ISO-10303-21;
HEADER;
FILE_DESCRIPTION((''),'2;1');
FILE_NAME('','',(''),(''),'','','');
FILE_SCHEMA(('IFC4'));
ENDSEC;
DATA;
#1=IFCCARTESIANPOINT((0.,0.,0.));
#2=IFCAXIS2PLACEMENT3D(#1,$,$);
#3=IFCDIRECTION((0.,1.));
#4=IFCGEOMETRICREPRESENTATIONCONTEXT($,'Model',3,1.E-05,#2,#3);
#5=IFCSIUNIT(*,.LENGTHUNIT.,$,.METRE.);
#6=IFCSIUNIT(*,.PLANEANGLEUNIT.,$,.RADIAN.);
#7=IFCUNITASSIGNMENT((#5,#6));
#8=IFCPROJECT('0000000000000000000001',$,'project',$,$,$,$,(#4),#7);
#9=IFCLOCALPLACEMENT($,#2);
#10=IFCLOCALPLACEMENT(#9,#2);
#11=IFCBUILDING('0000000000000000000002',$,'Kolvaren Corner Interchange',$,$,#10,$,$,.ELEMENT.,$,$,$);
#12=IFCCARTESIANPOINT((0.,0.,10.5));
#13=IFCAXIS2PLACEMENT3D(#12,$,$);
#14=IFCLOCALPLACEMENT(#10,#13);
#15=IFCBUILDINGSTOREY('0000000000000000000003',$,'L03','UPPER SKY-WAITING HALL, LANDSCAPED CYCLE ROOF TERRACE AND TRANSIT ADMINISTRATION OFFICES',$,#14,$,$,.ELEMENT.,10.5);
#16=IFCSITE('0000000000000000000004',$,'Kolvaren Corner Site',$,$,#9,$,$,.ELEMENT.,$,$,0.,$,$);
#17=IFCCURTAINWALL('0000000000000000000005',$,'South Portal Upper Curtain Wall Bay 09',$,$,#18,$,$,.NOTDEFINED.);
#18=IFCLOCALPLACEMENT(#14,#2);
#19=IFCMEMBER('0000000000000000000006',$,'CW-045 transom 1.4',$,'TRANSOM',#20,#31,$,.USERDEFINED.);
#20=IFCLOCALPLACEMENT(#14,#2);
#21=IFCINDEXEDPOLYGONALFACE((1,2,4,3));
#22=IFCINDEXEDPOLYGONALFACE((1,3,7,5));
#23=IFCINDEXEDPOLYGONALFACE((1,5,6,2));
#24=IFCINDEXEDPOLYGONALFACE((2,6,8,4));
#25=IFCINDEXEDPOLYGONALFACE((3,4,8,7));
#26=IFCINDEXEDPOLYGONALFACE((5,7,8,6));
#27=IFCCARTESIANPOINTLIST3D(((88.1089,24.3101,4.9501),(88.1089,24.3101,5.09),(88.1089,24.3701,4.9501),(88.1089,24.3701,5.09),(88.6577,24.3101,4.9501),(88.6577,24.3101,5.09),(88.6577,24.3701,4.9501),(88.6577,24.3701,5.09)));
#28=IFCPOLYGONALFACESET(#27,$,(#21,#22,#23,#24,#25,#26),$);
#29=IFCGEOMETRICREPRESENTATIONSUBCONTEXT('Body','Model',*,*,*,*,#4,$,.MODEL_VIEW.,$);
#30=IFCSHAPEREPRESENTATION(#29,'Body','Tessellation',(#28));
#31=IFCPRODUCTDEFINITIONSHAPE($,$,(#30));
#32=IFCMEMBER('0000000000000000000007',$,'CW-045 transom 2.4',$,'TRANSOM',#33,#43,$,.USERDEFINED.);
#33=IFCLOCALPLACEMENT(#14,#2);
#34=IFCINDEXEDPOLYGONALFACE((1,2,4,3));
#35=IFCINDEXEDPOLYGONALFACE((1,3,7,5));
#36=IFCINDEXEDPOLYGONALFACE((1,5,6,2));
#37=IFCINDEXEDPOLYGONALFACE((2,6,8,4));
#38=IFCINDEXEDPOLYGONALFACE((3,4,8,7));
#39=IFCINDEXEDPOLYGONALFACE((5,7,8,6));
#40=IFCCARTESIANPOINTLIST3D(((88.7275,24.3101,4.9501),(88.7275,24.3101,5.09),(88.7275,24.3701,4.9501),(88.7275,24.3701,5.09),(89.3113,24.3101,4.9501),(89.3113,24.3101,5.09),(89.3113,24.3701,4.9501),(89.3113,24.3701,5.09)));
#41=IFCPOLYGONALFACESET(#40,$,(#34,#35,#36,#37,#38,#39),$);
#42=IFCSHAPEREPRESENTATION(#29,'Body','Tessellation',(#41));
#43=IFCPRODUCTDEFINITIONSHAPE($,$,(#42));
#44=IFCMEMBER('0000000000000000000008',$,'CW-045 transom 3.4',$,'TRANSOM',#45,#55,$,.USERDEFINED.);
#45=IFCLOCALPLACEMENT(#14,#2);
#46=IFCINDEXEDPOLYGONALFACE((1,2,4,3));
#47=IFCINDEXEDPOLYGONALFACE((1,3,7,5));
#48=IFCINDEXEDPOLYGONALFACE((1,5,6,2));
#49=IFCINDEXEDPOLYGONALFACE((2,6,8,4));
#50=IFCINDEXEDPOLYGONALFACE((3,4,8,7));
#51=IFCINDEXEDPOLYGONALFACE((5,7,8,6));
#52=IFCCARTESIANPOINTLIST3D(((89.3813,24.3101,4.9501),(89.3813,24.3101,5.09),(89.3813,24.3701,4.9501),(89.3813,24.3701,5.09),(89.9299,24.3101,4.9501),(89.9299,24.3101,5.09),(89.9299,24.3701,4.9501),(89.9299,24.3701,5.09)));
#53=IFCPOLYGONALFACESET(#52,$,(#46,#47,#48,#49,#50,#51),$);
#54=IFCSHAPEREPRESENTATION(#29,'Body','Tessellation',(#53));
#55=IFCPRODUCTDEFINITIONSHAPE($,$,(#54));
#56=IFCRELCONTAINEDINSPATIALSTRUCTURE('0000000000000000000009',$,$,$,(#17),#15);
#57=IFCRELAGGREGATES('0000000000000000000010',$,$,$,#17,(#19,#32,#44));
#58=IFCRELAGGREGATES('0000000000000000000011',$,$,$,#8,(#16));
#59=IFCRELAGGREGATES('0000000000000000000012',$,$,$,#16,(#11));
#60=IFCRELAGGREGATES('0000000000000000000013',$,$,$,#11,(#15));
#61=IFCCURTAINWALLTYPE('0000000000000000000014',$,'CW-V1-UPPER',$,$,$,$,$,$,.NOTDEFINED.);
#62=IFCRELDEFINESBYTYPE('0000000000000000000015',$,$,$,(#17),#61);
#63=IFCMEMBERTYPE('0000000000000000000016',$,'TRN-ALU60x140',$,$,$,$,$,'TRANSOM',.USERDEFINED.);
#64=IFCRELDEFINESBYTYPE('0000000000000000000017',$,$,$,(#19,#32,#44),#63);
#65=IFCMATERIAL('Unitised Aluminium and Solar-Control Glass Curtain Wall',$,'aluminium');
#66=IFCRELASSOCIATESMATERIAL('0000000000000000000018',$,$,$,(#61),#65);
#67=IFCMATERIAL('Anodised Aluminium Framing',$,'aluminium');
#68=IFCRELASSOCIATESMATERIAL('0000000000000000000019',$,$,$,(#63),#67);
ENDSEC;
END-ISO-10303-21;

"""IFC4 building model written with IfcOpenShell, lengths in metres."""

from ifc_helpers import new_model, si_unit, direction, frame, origin, origin_2d, place, context, subcontext, project, spatial, rectangle, extrude, material, material_profile, profile_set, type_object, element, aggregate, save


model = new_model("IFC4")

# Units and contexts
model_context = context("Model", 3, precision=1e-05, world=origin(), true_north=direction((0.0, 1.0)))
body_context = subcontext(model_context, "Body", "Model", "MODEL_VIEW")
ifc_project = project(units=[si_unit("LENGTHUNIT", "METRE"), si_unit("PLANEANGLEUNIT", "RADIAN")], contexts=[model_context])

# Site, building, storey
site_placement = place(None, origin())
site = spatial("IfcSite", under=ifc_project, at=site_placement, Name="Kolvaren Corner Site", CompositionType="ELEMENT", RefElevation=0.0)
building_placement = place(site_placement, origin())
building = spatial("IfcBuilding", under=site, at=building_placement, Name="Kolvaren Corner Interchange", CompositionType="ELEMENT")
storey_placement = place(building_placement, frame((0.0, 0.0, 10.5)))
storey = spatial("IfcBuildingStorey", under=building, at=storey_placement, Name="L03", Description="UPPER SKY-WAITING HALL, LANDSCAPED CYCLE ROOF TERRACE AND TRANSIT ADMINISTRATION OFFICES", CompositionType="ELEMENT", Elevation=10.5)

# Curtain wall, members
ifc_material_1 = material(Name="Unitised Aluminium and Solar-Control Glass Curtain Wall", Category="aluminium")
curtain_wall_type = type_object("IfcCurtainWallType", Name="CW-V1-UPPER", PredefinedType="NOTDEFINED", material=ifc_material_1)
curtain_wall_placement = place(storey_placement, origin())
curtain_wall = element("IfcCurtainWall", 1, at=curtain_wall_placement, inside=storey, type_object=curtain_wall_type, Name="South Portal Upper Curtain Wall Bay 09", PredefinedType="NOTDEFINED")
ifc_material_2 = material(Name="Anodised Aluminium Framing", Category="aluminium")
ifc_material_profile_1 = material_profile(ifc_material_2, rectangle(XDim=0.0601, YDim=0.1399, at=origin_2d()), Name="ALU 60x140")
ifc_profile_set_1 = profile_set([ifc_material_profile_1], Name="Anodised Aluminium Framing")
member_type_1 = type_object("IfcMemberType", Name="TRN-ALU60x140", ElementType="TRANSOM", PredefinedType="USERDEFINED", material=ifc_profile_set_1)
member_1_placement = place(storey_placement, frame((88.1089, 24.3401, 5.02), z_axis=(1.0, 0.0, 0.0), x_axis=(0.0, 1.0, 0.0)))
member_1 = element("IfcMember", 2, at=member_1_placement, type_object=member_type_1, Name="CW-045 transom 1.4", ObjectType="TRANSOM", PredefinedType="USERDEFINED", context=body_context, shape_type="SweptSolid", body=[
    extrude(rectangle(XDim=0.0601, YDim=0.1399, at=origin_2d()), origin(), (0.0, 0.0, 1.0), 0.5488),
])
member_2_placement = place(storey_placement, frame((88.7275, 24.3401, 5.02), z_axis=(1.0, 0.0, 0.0), x_axis=(0.0, 1.0, 0.0)))
member_2 = element("IfcMember", 3, at=member_2_placement, type_object=member_type_1, Name="CW-045 transom 2.4", ObjectType="TRANSOM", PredefinedType="USERDEFINED", context=body_context, shape_type="SweptSolid", body=[
    extrude(rectangle(XDim=0.0601, YDim=0.1399, at=origin_2d()), origin(), (0.0, 0.0, 1.0), 0.5837),
])
member_3_placement = place(storey_placement, frame((89.3813, 24.3401, 5.02), z_axis=(1.0, 0.0, 0.0), x_axis=(0.0, 1.0, 0.0)))
member_3 = element("IfcMember", 4, at=member_3_placement, type_object=member_type_1, Name="CW-045 transom 3.4", ObjectType="TRANSOM", PredefinedType="USERDEFINED", context=body_context, shape_type="SweptSolid", body=[
    extrude(rectangle(XDim=0.0601, YDim=0.1399, at=origin_2d()), origin(), (0.0, 0.0, 1.0), 0.5486),
])
aggregate(curtain_wall, [member_1, member_2, member_3])

save(model, "model.ifc")
